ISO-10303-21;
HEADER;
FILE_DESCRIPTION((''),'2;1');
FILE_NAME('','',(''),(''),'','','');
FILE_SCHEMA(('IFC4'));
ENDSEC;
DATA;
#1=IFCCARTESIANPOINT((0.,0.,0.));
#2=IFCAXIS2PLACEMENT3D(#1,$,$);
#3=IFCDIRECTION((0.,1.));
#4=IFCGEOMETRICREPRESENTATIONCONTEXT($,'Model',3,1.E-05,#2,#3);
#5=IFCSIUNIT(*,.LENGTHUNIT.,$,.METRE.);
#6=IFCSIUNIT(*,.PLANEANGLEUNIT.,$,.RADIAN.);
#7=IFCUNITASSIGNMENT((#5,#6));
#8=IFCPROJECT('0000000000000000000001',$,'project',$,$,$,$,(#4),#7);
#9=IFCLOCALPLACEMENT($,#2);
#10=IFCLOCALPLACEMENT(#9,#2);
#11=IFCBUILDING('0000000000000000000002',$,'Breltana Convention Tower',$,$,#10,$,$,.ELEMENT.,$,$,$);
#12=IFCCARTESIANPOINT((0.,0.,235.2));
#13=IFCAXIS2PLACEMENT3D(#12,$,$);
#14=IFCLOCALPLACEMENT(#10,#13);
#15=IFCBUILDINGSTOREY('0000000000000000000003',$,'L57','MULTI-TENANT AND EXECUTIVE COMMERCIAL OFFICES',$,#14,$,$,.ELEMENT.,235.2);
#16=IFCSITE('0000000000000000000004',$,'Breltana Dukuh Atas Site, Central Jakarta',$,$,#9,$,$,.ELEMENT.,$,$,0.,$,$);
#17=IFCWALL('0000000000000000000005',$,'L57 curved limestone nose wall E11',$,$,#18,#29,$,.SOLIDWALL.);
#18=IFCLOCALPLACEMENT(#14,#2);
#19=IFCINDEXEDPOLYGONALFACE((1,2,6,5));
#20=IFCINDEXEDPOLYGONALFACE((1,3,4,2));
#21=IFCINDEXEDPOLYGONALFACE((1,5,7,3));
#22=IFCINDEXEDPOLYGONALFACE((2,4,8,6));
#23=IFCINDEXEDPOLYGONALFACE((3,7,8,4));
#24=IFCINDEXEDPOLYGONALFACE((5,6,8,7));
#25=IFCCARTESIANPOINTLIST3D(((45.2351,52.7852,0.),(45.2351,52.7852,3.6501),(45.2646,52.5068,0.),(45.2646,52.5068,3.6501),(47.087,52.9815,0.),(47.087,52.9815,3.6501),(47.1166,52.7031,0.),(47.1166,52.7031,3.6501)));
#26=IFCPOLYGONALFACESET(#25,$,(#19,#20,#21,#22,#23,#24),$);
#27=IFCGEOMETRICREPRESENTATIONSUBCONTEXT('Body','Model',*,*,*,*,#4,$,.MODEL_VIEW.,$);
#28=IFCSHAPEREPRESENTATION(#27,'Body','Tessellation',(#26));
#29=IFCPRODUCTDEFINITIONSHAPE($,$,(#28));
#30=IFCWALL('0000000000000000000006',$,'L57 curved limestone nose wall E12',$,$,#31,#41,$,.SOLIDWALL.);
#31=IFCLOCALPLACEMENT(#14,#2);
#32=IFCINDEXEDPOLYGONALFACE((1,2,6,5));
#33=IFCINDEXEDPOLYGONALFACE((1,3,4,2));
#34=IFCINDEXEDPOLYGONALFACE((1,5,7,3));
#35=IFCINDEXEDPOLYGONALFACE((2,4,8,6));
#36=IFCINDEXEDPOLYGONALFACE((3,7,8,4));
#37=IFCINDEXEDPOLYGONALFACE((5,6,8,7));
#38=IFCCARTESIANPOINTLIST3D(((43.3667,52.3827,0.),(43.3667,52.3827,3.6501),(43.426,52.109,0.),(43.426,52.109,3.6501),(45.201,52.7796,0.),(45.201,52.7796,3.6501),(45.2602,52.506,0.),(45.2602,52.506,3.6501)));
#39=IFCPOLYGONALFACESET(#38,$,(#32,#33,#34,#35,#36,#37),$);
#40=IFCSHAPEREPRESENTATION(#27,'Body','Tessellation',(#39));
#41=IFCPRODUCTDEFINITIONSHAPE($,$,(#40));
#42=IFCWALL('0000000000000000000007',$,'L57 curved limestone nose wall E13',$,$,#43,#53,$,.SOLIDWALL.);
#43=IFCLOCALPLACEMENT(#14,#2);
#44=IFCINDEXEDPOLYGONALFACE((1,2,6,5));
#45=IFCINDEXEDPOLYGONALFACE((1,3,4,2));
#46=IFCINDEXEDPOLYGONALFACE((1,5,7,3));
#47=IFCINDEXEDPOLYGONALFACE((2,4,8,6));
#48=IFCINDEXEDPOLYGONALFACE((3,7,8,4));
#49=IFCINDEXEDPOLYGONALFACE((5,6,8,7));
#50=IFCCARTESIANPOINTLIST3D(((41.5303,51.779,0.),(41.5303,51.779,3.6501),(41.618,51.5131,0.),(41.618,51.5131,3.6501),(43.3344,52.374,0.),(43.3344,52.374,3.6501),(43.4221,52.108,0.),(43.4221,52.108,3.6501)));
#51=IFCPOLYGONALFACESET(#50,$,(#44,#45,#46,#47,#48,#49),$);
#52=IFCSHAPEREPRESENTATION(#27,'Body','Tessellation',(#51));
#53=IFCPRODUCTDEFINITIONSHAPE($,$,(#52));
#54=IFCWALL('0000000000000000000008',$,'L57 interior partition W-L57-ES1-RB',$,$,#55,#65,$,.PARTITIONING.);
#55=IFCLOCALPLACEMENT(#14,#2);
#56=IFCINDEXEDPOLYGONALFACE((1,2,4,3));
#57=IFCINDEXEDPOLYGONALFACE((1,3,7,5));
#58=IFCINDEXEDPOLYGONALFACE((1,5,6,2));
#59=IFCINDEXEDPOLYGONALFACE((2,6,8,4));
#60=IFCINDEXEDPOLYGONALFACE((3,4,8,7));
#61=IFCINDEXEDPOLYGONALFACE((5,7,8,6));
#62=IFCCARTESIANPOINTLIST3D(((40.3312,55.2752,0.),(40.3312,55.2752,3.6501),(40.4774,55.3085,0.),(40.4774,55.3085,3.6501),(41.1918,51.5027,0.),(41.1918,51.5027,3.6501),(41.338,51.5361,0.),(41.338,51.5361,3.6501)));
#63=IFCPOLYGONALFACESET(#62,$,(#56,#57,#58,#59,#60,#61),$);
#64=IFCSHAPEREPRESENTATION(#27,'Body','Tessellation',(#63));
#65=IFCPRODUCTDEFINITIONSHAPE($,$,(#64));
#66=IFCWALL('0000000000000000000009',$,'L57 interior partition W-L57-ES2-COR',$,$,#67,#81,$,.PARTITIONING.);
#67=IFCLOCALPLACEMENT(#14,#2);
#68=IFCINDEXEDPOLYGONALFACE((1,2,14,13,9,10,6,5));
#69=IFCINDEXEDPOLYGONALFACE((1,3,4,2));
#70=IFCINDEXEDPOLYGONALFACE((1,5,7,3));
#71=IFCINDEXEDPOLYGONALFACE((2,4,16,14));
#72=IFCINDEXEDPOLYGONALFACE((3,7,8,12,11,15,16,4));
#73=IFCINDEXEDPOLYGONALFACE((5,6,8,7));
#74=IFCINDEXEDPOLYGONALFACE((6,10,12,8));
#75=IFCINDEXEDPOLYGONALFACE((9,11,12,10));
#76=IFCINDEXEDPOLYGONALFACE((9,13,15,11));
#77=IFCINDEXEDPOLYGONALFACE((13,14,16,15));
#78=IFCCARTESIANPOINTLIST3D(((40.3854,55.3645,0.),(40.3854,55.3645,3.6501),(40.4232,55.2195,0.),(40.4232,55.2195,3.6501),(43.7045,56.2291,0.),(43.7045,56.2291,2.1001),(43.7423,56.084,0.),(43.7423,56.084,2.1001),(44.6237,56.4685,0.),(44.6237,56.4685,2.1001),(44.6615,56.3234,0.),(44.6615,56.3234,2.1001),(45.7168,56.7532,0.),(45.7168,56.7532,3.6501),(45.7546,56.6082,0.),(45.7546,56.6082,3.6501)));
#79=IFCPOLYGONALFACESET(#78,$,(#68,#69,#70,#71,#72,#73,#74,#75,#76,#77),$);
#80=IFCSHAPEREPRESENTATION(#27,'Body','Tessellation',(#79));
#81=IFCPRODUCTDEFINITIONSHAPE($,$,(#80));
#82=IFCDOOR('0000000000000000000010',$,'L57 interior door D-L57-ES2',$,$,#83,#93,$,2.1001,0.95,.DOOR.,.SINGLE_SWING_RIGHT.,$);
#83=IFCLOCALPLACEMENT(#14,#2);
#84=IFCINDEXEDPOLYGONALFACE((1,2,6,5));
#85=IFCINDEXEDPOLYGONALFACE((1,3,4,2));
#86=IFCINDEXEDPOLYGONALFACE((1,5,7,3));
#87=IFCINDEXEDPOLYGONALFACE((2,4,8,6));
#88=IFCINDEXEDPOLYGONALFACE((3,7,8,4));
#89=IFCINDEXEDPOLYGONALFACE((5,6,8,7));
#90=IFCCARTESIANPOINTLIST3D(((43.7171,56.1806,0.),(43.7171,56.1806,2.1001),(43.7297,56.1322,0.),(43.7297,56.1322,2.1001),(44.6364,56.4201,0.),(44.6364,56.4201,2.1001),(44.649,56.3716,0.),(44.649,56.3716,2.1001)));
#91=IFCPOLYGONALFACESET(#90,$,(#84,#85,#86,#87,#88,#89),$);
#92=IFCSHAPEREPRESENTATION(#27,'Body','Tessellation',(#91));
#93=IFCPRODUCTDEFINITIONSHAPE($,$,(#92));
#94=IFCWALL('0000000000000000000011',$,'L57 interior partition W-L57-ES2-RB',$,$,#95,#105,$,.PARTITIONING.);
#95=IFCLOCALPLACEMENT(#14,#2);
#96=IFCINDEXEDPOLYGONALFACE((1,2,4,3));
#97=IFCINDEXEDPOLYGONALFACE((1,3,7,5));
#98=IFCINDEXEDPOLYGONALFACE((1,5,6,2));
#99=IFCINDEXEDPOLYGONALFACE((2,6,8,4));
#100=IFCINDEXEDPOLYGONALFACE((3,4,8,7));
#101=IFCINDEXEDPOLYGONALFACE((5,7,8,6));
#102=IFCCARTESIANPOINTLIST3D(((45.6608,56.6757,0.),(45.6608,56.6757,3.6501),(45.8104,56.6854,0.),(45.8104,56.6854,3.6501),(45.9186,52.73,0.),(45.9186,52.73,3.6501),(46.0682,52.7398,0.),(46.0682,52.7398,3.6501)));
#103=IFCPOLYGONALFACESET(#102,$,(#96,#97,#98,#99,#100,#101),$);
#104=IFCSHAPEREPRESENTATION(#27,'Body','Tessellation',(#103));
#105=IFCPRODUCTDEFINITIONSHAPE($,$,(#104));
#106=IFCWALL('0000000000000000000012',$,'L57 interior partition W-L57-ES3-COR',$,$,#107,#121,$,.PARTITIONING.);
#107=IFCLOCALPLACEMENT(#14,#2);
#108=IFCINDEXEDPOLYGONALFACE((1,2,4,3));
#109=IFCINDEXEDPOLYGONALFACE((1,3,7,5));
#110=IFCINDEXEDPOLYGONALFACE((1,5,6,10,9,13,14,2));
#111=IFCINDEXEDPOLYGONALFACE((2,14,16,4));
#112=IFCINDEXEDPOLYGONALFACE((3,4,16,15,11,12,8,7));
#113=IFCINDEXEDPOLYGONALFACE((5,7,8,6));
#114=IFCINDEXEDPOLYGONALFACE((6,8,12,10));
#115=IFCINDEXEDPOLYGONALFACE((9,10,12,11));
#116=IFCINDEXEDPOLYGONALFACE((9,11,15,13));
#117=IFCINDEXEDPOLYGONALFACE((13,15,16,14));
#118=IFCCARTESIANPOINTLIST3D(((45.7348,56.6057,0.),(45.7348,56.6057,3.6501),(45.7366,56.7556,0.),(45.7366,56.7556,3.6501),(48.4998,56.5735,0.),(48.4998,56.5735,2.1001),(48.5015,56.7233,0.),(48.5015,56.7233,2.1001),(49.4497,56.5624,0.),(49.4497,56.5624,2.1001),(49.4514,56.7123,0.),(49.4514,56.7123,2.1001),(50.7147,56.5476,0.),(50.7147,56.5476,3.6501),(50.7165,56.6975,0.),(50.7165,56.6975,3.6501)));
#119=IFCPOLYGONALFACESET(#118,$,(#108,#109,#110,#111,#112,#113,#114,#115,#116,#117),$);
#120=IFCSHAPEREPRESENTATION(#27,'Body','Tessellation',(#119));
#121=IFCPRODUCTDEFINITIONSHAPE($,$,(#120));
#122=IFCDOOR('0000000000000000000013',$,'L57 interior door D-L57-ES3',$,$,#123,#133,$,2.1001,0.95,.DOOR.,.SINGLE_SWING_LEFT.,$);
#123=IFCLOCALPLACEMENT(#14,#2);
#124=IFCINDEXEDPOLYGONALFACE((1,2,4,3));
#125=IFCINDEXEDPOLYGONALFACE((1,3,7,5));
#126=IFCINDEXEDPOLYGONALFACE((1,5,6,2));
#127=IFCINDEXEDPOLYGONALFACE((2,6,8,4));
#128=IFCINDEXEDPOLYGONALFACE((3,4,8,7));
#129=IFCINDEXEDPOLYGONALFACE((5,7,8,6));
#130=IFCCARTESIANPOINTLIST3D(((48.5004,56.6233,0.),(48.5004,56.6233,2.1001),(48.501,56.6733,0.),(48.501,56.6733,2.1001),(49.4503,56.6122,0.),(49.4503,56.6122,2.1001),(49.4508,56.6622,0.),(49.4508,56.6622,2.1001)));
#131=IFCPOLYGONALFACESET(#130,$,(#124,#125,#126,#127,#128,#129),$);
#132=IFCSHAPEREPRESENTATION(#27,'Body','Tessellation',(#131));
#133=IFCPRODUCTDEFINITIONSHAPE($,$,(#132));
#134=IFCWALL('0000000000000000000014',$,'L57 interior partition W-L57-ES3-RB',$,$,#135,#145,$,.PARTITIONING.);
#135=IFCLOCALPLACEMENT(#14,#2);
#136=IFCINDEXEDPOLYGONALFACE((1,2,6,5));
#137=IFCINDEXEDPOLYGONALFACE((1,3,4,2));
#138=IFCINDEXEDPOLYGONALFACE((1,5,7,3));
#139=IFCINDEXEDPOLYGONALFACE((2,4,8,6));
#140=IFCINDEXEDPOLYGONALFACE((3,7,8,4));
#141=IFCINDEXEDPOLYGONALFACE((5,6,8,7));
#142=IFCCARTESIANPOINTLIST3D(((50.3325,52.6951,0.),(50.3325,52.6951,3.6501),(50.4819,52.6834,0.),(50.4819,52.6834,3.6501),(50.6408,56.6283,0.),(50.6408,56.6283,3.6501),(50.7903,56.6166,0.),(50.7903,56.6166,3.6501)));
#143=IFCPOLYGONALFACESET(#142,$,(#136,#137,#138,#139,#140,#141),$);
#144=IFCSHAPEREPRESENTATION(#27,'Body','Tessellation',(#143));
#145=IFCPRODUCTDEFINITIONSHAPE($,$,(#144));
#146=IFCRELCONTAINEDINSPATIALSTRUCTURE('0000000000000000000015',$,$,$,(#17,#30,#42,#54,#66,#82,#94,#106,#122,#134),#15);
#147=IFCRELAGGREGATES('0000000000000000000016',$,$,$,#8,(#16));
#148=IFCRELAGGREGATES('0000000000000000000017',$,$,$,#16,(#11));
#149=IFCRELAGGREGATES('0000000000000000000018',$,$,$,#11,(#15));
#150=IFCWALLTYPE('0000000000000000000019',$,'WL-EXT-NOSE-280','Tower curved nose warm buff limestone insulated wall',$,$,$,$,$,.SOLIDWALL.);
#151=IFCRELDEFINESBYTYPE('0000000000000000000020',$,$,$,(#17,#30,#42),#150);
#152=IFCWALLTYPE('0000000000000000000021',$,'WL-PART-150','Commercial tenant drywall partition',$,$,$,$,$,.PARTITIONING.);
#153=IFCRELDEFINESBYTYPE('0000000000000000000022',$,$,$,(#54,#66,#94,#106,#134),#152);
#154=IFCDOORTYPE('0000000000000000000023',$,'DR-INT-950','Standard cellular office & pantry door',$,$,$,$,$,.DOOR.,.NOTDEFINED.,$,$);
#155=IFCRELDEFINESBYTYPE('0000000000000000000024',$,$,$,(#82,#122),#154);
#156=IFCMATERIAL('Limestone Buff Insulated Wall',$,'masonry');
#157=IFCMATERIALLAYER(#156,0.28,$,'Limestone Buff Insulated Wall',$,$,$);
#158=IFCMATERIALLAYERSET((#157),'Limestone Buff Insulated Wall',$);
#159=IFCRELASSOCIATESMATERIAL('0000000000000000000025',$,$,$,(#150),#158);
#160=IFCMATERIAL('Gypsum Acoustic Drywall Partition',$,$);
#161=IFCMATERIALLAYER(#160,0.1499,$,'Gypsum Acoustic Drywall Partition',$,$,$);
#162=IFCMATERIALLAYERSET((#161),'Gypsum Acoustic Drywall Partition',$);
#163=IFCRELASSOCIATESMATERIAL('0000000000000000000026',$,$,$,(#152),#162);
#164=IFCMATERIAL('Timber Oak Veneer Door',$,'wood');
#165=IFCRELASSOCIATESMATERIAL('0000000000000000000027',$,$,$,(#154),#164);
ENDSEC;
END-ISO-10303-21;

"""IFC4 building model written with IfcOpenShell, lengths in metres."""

from ifc_helpers import new_model, si_unit, direction, frame, frame_2d, origin, place, context, subcontext, project, spatial, rectangle, extrude, source, transform, mapped, material, layer, layer_set, type_object, type_shapes, element, fill, save


model = new_model("IFC4")

# Units and contexts
model_context = context("Model", 3, precision=1e-05, world=origin(), true_north=direction((0.0, 1.0)))
body_context = subcontext(model_context, "Body", "Model", "MODEL_VIEW")
ifc_project = project(units=[si_unit("LENGTHUNIT", "METRE"), si_unit("PLANEANGLEUNIT", "RADIAN")], contexts=[model_context])

# Site, building, storey
site_placement = place(None, origin())
site = spatial("IfcSite", under=ifc_project, at=site_placement, Name="Breltana Dukuh Atas Site, Central Jakarta", CompositionType="ELEMENT", RefElevation=0.0)
building_placement = place(site_placement, origin())
building = spatial("IfcBuilding", under=site, at=building_placement, Name="Breltana Convention Tower", CompositionType="ELEMENT")
storey_placement = place(building_placement, frame((0.0, 0.0, 235.2)))
storey = spatial("IfcBuildingStorey", under=building, at=storey_placement, Name="L57", Description="MULTI-TENANT AND EXECUTIVE COMMERCIAL OFFICES", CompositionType="ELEMENT", Elevation=235.2)

# Walls
ifc_material_1 = material(Name="Limestone Buff Insulated Wall", Category="masonry")
ifc_layer_1 = layer(ifc_material_1, 0.28, Name="Limestone Buff Insulated Wall")
ifc_layer_set_1 = layer_set([ifc_layer_1], Name="Limestone Buff Insulated Wall")
wall_type_1 = type_object("IfcWallType", Name="WL-EXT-NOSE-280", Description="Tower curved nose warm buff limestone insulated wall", PredefinedType="SOLIDWALL", material=ifc_layer_set_1)
shared_shape_1 = source(origin(), body_context, "Body", "SweptSolid", [
    extrude(rectangle(XDim=1.8623, YDim=0.28, at=frame_2d((0.9312, 0.0))), origin(), (0.0, 0.0, 1.0), 3.6501),
])
wall_1_placement = place(storey_placement, frame((47.1018, 52.8423, 0.0), z_axis=(0.0, 0.0, 1.0), x_axis=(-0.99443, -0.105394, 0.0)))
element("IfcWall", 1, at=wall_1_placement, inside=storey, type_object=wall_type_1, Name="L57 curved limestone nose wall E11", PredefinedType="SOLIDWALL", context=body_context, shape_type="MappedRepresentation", body=[
    mapped(shared_shape_1, transform((0.0, 0.0, 0.0), scale=1.0)),
])
shared_shape_2 = source(origin(), body_context, "Body", "SweptSolid", [
    extrude(rectangle(XDim=1.8767, YDim=0.28, at=frame_2d((0.9385, 0.0))), origin(), (0.0, 0.0, 1.0), 3.6501),
])
wall_2_placement = place(storey_placement, frame((45.2307, 52.6428, 0.0), z_axis=(0.0, 0.0, 1.0), x_axis=(-0.977372, -0.211528, 0.0)))
element("IfcWall", 2, at=wall_2_placement, inside=storey, type_object=wall_type_1, Name="L57 curved limestone nose wall E12", PredefinedType="SOLIDWALL", context=body_context, shape_type="MappedRepresentation", body=[
    mapped(shared_shape_2, transform((0.0, 0.0, 0.0), scale=1.0)),
])
shared_shape_3 = source(origin(), body_context, "Body", "SweptSolid", [
    extrude(rectangle(XDim=1.8997, YDim=0.28, at=frame_2d((0.9497, 0.0))), origin(), (0.0, 0.0, 1.0), 3.6501),
])
wall_3_placement = place(storey_placement, frame((43.3782, 52.241, 0.0), z_axis=(0.0, 0.0, 1.0), x_axis=(-0.949694, -0.31318, 0.0)))
element("IfcWall", 3, at=wall_3_placement, inside=storey, type_object=wall_type_1, Name="L57 curved limestone nose wall E13", PredefinedType="SOLIDWALL", context=body_context, shape_type="MappedRepresentation", body=[
    mapped(shared_shape_3, transform((0.0, 0.0, 0.0), scale=1.0)),
])
ifc_material_2 = material(Name="Gypsum Acoustic Drywall Partition")
ifc_layer_2 = layer(ifc_material_2, 0.1499, Name="Gypsum Acoustic Drywall Partition")
ifc_layer_set_2 = layer_set([ifc_layer_2], Name="Gypsum Acoustic Drywall Partition")
wall_type_2 = type_object("IfcWallType", Name="WL-PART-150", Description="Commercial tenant drywall partition", PredefinedType="PARTITIONING", material=ifc_layer_set_2)
shared_shape_4 = source(origin(), body_context, "Body", "SweptSolid", [
    extrude(rectangle(XDim=3.8694, YDim=0.1499, at=frame_2d((1.9346, 0.0))), origin(), (0.0, 0.0, 1.0), 3.6501),
])
wall_4_placement = place(storey_placement, frame((41.2649, 51.5195, 0.0), z_axis=(0.0, 0.0, 1.0), x_axis=(-0.222412, 0.974953, 0.0)))
element("IfcWall", 4, at=wall_4_placement, inside=storey, type_object=wall_type_2, Name="L57 interior partition W-L57-ES1-RB", PredefinedType="PARTITIONING", context=body_context, shape_type="MappedRepresentation", body=[
    mapped(shared_shape_4, transform((0.0, 0.0, 0.0), scale=1.0)),
])

# Wall, opening, door
shared_shape_5 = source(origin(), body_context, "Body", "SweptSolid", [
    extrude(rectangle(XDim=5.5093, YDim=0.1499, at=frame_2d((2.7546, 0.0))), origin(), (0.0, 0.0, 1.0), 3.6501),
])
wall_5_placement = place(storey_placement, frame((40.4043, 55.292, 0.0), z_axis=(0.0, 0.0, 1.0), x_axis=(0.96771, 0.252065, 0.0)))
wall_5 = element("IfcWall", 5, at=wall_5_placement, inside=storey, type_object=wall_type_2, Name="L57 interior partition W-L57-ES2-COR", PredefinedType="PARTITIONING", context=body_context, shape_type="MappedRepresentation", body=[
    mapped(shared_shape_5, transform((0.0, 0.0, 0.0), scale=1.0)),
])
opening_1_placement = place(wall_5_placement, frame((3.4297, 0.0, 0.0)))
opening_1 = element("IfcOpeningElement", 6, at=opening_1_placement, cuts=wall_5, PredefinedType="OPENING", context=body_context, shape_type="SweptSolid", body=[
    extrude(rectangle(XDim=0.95, YDim=2.1001, at=frame_2d((0.4751, 1.05))), frame((0.0, 0.085, 0.0), z_axis=(0.0, -1.0, 0.0), x_axis=(1.0, 0.0, 0.0)), (0.0, 0.0, 1.0), 0.1699),
])
ifc_material_3 = material(Name="Timber Oak Veneer Door", Category="wood")
door_type = type_object("IfcDoorType", Name="DR-INT-950", Description="Standard cellular office & pantry door", OperationType="NOTDEFINED", PredefinedType="DOOR", material=ifc_material_3)
shared_shape_6 = source(origin(), body_context, "Body", "SweptSolid", [
    extrude(rectangle(XDim=0.95, YDim=2.1001, at=frame_2d((0.4751, 1.05))), frame((0.0, 0.0249, 0.0), z_axis=(0.0, -1.0, 0.0), x_axis=(1.0, 0.0, 0.0)), (0.0, 0.0, 1.0), 0.05),
])
type_shapes(door_type, [shared_shape_6])
door_1_placement = place(opening_1_placement, origin())
door_1 = element("IfcDoor", 7, at=door_1_placement, inside=storey, type_object=door_type, Name="L57 interior door D-L57-ES2", OperationType="SINGLE_SWING_RIGHT", OverallHeight=2.1001, OverallWidth=0.95, PredefinedType="DOOR", context=body_context, shape_type="MappedRepresentation", body=[
    mapped(shared_shape_6, transform((0.0, 0.0, 0.0), scale=1.0)),
])
fill(opening_1, door_1)

# Wall
shared_shape_7 = source(origin(), body_context, "Body", "SweptSolid", [
    extrude(rectangle(XDim=3.9541, YDim=0.1499, at=frame_2d((1.9771, 0.0))), origin(), (0.0, 0.0, 1.0), 3.6501),
])
wall_6_placement = place(storey_placement, frame((45.9934, 52.7349, 0.0), z_axis=(0.0, 0.0, 1.0), x_axis=(-0.065199, 0.997872, 0.0)))
element("IfcWall", 8, at=wall_6_placement, inside=storey, type_object=wall_type_2, Name="L57 interior partition W-L57-ES2-RB", PredefinedType="PARTITIONING", context=body_context, shape_type="MappedRepresentation", body=[
    mapped(shared_shape_7, transform((0.0, 0.0, 0.0), scale=1.0)),
])

# Wall, opening, door
shared_shape_8 = source(origin(), body_context, "Body", "SweptSolid", [
    extrude(rectangle(XDim=4.9802, YDim=0.1499, at=frame_2d((2.4902, 0.0))), origin(), (0.0, 0.0, 1.0), 3.6501),
])
wall_7_placement = place(storey_placement, frame((45.7356, 56.6807, 0.0), z_axis=(0.0, 0.0, 1.0), x_axis=(0.999932, -0.011667, 0.0)))
wall_7 = element("IfcWall", 9, at=wall_7_placement, inside=storey, type_object=wall_type_2, Name="L57 interior partition W-L57-ES3-COR", PredefinedType="PARTITIONING", context=body_context, shape_type="MappedRepresentation", body=[
    mapped(shared_shape_8, transform((0.0, 0.0, 0.0), scale=1.0)),
])
opening_2_placement = place(wall_7_placement, frame((2.7651, 0.0, 0.0)))
opening_2 = element("IfcOpeningElement", 10, at=opening_2_placement, cuts=wall_7, PredefinedType="OPENING", context=body_context, shape_type="SweptSolid", body=[
    extrude(rectangle(XDim=0.95, YDim=2.1001, at=frame_2d((0.4751, 1.05))), frame((0.0, 0.085, 0.0), z_axis=(0.0, -1.0, 0.0), x_axis=(1.0, 0.0, 0.0)), (0.0, 0.0, 1.0), 0.1699),
])
door_2_placement = place(opening_2_placement, origin())
door_2 = element("IfcDoor", 11, at=door_2_placement, inside=storey, type_object=door_type, Name="L57 interior door D-L57-ES3", OperationType="SINGLE_SWING_LEFT", OverallHeight=2.1001, OverallWidth=0.95, PredefinedType="DOOR", context=body_context, shape_type="MappedRepresentation", body=[
    mapped(shared_shape_6, transform((0.0, 0.0, 0.0), scale=1.0)),
])
fill(opening_2, door_2)

# Wall
shared_shape_9 = source(origin(), body_context, "Body", "SweptSolid", [
    extrude(rectangle(XDim=3.9453, YDim=0.1499, at=frame_2d((1.9727, 0.0))), origin(), (0.0, 0.0, 1.0), 3.6501),
])
wall_8_placement = place(storey_placement, frame((50.4072, 52.6892, 0.0), z_axis=(0.0, 0.0, 1.0), x_axis=(0.078154, 0.996941, 0.0)))
element("IfcWall", 12, at=wall_8_placement, inside=storey, type_object=wall_type_2, Name="L57 interior partition W-L57-ES3-RB", PredefinedType="PARTITIONING", context=body_context, shape_type="MappedRepresentation", body=[
    mapped(shared_shape_9, transform((0.0, 0.0, 0.0), scale=1.0)),
])

save(model, "model.ifc")
